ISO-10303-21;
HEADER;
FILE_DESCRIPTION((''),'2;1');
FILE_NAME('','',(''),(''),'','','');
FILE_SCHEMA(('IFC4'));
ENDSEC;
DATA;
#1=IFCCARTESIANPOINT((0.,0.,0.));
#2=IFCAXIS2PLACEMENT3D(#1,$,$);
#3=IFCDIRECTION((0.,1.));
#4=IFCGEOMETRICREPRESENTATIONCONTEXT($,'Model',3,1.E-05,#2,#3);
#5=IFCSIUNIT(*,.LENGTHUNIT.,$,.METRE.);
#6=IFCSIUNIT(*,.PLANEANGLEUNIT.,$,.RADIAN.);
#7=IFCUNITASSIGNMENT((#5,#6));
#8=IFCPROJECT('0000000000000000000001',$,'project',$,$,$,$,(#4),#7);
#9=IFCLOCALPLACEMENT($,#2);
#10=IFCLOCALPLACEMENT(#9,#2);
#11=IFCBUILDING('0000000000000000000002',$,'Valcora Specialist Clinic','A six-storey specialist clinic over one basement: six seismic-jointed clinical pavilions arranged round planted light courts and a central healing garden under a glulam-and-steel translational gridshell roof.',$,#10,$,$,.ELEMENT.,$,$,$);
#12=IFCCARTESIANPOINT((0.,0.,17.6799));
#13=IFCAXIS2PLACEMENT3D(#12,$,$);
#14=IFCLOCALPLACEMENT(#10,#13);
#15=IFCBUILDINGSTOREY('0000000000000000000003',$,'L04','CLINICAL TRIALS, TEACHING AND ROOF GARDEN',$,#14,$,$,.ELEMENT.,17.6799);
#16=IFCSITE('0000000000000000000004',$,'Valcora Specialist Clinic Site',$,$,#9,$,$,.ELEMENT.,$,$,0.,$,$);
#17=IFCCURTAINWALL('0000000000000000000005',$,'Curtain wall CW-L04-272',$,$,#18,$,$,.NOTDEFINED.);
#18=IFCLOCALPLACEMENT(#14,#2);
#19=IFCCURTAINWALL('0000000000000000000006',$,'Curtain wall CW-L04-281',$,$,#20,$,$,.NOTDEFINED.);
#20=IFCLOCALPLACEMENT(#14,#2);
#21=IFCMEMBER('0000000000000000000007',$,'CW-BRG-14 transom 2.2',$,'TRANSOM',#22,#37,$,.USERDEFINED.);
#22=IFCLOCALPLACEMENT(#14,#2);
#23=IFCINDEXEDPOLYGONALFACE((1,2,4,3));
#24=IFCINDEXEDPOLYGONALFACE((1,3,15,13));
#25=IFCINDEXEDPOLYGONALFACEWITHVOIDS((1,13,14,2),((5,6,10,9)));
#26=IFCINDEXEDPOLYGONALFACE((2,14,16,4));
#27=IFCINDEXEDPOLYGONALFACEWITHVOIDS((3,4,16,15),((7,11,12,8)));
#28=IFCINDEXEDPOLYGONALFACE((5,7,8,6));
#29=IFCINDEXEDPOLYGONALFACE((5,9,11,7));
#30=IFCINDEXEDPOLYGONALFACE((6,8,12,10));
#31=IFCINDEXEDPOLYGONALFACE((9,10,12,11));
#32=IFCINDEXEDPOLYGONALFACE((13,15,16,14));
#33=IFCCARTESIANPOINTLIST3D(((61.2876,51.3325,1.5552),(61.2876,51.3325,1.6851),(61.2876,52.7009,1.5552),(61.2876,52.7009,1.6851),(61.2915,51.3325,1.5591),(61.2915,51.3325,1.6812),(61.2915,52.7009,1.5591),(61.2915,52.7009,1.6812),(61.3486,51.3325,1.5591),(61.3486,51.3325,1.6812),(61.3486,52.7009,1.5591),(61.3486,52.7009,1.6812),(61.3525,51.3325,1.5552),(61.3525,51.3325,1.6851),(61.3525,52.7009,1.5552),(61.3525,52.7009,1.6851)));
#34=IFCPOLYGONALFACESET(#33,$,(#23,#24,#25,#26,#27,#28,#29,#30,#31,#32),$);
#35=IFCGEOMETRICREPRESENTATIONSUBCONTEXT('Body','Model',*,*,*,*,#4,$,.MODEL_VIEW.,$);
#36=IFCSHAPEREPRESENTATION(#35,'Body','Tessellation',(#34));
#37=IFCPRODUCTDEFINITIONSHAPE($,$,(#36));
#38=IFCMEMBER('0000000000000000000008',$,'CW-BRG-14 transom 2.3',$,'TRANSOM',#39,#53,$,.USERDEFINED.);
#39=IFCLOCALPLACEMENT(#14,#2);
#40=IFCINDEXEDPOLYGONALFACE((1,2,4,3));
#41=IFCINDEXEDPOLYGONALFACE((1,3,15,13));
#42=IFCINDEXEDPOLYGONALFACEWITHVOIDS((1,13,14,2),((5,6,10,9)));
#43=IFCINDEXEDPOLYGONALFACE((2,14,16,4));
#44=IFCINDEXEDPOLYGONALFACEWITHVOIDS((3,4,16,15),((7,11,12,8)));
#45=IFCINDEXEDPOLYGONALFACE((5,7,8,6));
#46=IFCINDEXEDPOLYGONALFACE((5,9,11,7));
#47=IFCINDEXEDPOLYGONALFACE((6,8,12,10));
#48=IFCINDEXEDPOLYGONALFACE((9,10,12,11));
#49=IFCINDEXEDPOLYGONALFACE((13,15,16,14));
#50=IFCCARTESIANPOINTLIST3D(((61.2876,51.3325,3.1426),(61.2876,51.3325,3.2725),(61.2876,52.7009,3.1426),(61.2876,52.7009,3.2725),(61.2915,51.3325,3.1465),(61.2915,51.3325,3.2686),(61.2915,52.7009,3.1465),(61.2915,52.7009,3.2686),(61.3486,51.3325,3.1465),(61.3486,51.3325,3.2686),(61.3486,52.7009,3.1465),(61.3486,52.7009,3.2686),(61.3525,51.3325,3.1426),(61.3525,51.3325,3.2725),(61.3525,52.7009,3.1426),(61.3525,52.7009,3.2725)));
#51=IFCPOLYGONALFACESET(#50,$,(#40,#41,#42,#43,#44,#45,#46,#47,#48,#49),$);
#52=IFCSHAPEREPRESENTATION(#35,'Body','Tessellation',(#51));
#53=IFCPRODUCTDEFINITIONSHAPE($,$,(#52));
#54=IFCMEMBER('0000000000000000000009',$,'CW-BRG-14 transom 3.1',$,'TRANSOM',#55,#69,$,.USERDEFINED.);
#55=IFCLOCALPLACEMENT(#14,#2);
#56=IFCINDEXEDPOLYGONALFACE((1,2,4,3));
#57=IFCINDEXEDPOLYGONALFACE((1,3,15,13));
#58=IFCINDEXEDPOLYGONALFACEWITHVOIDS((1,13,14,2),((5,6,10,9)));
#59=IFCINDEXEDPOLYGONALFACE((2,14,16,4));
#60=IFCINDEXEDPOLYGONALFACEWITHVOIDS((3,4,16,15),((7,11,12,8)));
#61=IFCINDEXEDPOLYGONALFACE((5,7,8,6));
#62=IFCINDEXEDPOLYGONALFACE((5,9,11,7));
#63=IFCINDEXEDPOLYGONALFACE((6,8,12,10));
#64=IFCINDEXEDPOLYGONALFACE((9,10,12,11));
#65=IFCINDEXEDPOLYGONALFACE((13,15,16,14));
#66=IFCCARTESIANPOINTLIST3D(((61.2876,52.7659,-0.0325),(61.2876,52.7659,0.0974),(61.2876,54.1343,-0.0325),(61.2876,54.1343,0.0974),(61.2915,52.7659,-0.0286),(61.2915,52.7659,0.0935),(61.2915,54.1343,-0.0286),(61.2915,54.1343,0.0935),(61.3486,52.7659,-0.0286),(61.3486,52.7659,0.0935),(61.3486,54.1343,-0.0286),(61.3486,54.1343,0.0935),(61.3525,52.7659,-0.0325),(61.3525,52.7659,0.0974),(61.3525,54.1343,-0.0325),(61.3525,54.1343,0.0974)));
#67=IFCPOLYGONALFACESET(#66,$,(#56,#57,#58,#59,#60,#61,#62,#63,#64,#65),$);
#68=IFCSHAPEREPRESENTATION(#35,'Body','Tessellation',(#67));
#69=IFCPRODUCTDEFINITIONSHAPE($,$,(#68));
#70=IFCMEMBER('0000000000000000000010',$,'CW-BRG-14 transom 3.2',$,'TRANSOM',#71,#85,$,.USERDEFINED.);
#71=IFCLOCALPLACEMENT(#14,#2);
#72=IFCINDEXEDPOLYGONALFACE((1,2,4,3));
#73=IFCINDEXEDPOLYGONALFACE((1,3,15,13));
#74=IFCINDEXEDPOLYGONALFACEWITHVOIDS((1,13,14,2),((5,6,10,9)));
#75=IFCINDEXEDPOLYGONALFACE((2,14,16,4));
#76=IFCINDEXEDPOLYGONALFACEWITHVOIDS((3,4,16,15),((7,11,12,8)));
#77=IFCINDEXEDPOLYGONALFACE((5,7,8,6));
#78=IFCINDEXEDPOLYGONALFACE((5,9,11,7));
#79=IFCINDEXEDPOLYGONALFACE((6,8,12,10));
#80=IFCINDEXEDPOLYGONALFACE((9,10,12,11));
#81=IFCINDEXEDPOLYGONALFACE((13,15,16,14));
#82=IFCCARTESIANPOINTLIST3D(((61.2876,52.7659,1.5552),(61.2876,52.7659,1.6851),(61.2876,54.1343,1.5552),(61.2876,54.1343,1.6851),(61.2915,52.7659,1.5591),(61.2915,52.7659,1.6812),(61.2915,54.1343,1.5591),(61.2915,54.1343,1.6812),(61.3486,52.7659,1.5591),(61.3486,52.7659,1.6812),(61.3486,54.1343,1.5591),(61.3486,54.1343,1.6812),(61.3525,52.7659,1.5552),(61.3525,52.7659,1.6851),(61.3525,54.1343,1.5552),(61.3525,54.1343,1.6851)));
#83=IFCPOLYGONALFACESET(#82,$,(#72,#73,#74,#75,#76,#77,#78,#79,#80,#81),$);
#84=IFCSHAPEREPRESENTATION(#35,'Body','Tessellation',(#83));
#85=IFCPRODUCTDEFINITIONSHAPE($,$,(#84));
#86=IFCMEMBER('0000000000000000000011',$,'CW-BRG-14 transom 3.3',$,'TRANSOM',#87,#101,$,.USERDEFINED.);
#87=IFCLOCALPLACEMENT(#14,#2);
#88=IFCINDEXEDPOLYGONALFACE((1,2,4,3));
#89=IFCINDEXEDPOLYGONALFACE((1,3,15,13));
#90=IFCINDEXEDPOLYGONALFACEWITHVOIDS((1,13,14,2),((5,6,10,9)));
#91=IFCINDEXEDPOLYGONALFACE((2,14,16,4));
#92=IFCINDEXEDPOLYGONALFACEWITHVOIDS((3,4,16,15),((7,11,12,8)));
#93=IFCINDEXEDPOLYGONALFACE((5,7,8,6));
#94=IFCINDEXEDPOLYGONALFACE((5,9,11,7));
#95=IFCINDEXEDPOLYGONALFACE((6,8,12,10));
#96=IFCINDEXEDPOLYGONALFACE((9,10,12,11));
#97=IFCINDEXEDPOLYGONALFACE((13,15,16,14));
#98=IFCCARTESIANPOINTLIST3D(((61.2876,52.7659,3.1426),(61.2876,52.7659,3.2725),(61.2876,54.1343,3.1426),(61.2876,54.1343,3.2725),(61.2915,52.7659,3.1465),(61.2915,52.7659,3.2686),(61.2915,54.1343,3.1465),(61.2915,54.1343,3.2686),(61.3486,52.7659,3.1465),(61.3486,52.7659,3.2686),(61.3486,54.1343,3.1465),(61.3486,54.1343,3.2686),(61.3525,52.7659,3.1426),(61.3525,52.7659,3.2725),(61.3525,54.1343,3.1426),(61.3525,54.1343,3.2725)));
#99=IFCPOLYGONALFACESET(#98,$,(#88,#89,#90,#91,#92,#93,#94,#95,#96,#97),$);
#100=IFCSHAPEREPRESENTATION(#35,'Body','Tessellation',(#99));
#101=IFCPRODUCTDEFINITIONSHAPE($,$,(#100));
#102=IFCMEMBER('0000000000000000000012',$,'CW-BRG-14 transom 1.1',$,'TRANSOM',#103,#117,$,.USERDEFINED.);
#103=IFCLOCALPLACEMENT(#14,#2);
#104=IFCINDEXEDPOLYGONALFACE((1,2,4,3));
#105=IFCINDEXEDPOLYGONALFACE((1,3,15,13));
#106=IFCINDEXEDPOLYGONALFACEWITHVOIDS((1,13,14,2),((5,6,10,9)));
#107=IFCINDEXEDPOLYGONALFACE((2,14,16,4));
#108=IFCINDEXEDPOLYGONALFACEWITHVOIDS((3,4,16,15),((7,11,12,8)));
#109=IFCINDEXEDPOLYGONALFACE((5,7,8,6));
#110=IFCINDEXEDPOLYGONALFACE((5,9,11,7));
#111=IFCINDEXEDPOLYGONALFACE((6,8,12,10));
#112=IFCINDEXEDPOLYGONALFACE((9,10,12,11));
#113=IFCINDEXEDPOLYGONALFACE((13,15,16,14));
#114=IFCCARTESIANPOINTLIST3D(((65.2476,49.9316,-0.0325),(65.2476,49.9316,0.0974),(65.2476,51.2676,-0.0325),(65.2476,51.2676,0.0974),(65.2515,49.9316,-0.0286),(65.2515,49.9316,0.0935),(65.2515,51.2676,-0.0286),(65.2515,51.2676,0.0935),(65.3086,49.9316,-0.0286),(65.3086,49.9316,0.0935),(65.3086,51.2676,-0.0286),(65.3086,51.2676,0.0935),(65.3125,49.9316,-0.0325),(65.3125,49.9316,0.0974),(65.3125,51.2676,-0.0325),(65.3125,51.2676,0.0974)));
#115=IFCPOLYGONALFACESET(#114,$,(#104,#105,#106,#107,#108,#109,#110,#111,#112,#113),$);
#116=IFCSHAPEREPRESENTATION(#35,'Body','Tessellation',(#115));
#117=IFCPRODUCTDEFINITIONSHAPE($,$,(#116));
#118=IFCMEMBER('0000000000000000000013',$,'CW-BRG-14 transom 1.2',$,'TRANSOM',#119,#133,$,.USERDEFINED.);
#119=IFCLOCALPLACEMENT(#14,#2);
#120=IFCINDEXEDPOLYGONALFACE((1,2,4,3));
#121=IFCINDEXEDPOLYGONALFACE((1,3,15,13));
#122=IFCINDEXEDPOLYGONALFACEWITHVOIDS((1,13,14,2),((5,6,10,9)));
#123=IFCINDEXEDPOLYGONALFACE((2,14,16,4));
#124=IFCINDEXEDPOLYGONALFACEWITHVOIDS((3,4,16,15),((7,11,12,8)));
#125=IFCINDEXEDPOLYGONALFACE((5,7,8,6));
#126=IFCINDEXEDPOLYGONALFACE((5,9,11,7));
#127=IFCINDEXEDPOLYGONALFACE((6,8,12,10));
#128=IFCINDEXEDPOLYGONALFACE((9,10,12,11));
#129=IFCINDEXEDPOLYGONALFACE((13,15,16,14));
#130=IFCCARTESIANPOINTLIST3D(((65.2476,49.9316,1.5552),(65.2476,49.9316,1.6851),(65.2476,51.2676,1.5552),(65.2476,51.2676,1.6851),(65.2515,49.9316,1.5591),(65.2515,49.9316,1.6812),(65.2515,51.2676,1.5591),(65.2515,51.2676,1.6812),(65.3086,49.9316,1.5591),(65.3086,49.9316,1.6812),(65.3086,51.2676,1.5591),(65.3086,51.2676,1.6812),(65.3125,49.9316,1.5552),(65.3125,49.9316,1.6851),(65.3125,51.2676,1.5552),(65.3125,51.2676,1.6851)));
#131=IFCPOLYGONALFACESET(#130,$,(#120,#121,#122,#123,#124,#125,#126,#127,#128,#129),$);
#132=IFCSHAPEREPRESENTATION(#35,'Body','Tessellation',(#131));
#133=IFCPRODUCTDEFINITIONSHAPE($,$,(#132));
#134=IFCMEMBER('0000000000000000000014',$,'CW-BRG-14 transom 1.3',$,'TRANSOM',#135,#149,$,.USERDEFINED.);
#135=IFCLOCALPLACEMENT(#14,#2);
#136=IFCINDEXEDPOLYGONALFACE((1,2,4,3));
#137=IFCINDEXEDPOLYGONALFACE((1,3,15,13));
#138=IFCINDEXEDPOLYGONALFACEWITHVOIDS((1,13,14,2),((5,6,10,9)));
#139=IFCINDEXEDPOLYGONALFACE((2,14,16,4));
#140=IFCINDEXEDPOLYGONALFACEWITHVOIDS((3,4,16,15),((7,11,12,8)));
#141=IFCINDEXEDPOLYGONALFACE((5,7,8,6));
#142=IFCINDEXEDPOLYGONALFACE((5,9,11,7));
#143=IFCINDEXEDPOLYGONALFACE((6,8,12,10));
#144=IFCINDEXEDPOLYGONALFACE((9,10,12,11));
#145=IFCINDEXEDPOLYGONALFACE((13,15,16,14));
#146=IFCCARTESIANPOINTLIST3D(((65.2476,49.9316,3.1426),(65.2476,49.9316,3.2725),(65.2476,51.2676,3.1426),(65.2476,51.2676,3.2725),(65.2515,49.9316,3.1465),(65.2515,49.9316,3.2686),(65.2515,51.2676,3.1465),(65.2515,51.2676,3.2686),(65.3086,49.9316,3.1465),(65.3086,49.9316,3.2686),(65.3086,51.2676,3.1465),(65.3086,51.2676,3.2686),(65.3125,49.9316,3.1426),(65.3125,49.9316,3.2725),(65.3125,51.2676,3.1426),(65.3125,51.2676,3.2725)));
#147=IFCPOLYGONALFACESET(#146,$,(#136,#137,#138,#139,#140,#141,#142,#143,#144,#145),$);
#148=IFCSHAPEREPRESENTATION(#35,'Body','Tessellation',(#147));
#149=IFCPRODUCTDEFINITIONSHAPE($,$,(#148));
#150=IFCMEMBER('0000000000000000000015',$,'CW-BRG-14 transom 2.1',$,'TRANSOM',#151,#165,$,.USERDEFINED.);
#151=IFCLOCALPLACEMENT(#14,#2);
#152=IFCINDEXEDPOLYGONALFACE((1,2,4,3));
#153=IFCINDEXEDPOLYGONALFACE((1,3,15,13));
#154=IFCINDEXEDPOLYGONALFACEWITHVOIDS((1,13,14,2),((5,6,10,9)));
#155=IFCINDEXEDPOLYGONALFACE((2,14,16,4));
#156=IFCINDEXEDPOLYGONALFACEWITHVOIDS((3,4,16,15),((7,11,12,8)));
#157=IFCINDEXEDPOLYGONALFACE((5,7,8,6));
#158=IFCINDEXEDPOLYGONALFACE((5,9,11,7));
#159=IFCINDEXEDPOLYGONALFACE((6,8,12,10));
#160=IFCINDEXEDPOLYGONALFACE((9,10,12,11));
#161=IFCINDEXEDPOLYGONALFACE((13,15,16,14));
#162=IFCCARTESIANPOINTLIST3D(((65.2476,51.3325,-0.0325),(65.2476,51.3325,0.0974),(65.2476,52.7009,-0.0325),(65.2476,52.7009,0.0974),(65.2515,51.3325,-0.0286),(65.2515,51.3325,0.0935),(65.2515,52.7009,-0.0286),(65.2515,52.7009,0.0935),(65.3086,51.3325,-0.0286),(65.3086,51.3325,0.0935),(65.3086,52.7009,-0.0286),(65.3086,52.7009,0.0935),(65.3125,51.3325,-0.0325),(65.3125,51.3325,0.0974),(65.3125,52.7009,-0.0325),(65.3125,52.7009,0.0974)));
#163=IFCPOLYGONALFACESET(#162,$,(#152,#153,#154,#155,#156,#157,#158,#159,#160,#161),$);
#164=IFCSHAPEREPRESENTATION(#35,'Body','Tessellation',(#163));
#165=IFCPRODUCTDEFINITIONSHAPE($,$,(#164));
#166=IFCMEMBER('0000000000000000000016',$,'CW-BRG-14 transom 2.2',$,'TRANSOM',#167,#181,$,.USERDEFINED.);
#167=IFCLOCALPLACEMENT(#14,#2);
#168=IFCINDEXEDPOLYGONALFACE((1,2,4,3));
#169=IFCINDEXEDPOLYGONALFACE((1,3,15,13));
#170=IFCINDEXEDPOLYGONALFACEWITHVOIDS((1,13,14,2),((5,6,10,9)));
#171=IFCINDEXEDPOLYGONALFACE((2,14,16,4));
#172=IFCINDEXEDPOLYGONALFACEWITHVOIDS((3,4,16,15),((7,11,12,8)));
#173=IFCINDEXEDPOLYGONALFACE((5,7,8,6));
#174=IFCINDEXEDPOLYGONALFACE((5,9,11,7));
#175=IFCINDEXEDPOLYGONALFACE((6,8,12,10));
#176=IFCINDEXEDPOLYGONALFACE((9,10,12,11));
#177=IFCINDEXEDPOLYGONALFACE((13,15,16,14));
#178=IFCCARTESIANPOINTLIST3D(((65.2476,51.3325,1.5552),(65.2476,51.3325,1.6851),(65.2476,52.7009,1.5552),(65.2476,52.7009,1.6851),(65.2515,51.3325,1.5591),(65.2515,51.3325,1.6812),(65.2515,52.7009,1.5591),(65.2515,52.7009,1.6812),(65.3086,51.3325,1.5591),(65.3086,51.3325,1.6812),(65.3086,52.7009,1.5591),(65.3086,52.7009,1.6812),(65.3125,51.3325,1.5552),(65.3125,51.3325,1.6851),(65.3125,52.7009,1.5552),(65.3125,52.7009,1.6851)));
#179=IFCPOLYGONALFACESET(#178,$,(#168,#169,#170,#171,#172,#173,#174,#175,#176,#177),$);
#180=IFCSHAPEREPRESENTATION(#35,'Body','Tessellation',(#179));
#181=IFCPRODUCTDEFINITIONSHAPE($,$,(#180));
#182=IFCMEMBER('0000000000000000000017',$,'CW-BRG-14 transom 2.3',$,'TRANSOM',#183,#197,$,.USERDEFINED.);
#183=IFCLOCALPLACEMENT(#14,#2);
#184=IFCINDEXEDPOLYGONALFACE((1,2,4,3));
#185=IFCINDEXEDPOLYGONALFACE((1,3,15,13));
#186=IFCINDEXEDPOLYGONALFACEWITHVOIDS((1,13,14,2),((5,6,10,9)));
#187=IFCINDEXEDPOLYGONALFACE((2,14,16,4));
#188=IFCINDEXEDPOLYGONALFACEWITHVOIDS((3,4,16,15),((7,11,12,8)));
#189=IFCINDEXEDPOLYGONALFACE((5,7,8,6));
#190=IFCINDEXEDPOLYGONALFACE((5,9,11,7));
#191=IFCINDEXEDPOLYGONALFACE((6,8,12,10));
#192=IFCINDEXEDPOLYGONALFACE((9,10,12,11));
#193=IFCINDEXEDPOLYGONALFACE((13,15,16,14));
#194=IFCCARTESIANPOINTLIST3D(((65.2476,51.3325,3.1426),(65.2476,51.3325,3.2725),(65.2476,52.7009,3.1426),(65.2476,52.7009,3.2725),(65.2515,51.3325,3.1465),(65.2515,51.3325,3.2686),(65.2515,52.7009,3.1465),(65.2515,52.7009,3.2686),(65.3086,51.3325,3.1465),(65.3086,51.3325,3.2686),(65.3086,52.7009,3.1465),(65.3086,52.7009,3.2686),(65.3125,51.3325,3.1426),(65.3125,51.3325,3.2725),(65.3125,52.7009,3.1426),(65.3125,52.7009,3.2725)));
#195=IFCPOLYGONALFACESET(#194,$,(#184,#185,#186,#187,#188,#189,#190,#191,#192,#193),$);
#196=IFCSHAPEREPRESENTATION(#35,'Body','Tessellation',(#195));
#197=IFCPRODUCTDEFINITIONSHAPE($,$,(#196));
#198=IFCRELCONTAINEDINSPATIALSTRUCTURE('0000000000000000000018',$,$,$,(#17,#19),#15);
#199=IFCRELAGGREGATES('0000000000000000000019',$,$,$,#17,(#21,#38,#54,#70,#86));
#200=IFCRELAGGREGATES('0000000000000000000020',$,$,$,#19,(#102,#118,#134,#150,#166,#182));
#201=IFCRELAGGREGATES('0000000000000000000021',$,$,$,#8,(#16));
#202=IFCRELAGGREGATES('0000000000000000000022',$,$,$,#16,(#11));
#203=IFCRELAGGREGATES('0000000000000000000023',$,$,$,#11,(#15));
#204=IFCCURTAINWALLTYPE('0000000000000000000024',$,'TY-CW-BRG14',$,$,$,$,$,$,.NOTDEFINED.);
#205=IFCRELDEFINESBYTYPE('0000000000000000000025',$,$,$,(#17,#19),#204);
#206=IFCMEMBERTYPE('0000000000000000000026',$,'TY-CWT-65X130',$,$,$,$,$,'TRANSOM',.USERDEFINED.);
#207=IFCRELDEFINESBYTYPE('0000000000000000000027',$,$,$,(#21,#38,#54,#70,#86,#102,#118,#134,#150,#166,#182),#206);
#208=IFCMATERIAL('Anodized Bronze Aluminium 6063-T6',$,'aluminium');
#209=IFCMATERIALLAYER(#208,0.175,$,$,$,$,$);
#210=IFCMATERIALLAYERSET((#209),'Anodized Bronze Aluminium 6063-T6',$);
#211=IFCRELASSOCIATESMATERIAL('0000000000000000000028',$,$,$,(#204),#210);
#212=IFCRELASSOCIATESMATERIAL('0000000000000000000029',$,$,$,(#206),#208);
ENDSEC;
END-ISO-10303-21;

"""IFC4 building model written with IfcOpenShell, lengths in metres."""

from ifc_helpers import new_model, si_unit, direction, frame, origin, origin_2d, place, context, subcontext, project, spatial, hollow_rectangle, extrude, material, layer, layer_set, material_profile, profile_set, type_object, element, aggregate, save


model = new_model("IFC4")

# Units and contexts
model_context = context("Model", 3, precision=1e-05, world=origin(), true_north=direction((0.0, 1.0)))
body_context = subcontext(model_context, "Body", "Model", "MODEL_VIEW")
ifc_project = project(units=[si_unit("LENGTHUNIT", "METRE"), si_unit("PLANEANGLEUNIT", "RADIAN")], contexts=[model_context])

# Site, building, storey
site_placement = place(None, origin())
site = spatial("IfcSite", under=ifc_project, at=site_placement, Name="Valcora Specialist Clinic Site", CompositionType="ELEMENT", RefElevation=0.0)
building_placement = place(site_placement, origin())
building = spatial("IfcBuilding", under=site, at=building_placement, Name="Valcora Specialist Clinic", Description="A six-storey specialist clinic over one basement: six seismic-jointed clinical pavilions arranged round planted light courts and a central healing garden under a glulam-and-steel translational gridshell roof.", CompositionType="ELEMENT")
storey_placement = place(building_placement, frame((0.0, 0.0, 17.6799)))
storey = spatial("IfcBuildingStorey", under=building, at=storey_placement, Name="L04", Description="CLINICAL TRIALS, TEACHING AND ROOF GARDEN", CompositionType="ELEMENT", Elevation=17.6799)

# Curtain wall
ifc_material_1 = material(Name="Anodized Bronze Aluminium 6063-T6", Category="aluminium")
ifc_layer_1 = layer(ifc_material_1, 0.175)
ifc_layer_set_1 = layer_set([ifc_layer_1], Name="Anodized Bronze Aluminium 6063-T6")
curtain_wall_type = type_object("IfcCurtainWallType", Name="TY-CW-BRG14", PredefinedType="NOTDEFINED", material=ifc_layer_set_1)
curtain_wall_1_placement = place(storey_placement, origin())
curtain_wall_1 = element("IfcCurtainWall", 1, at=curtain_wall_1_placement, inside=storey, type_object=curtain_wall_type, Name="Curtain wall CW-L04-272", PredefinedType="NOTDEFINED")

# Curtain wall
curtain_wall_2_placement = place(storey_placement, origin())
curtain_wall_2 = element("IfcCurtainWall", 2, at=curtain_wall_2_placement, inside=storey, type_object=curtain_wall_type, Name="Curtain wall CW-L04-281", PredefinedType="NOTDEFINED")

# Members
ifc_material_profile_1 = material_profile(ifc_material_1, hollow_rectangle(XDim=0.0649, YDim=0.1299, WallThickness=0.0039, at=origin_2d()), Name="AL-TRN-65X130")
ifc_profile_set_1 = profile_set([ifc_material_profile_1], Name="Anodized Bronze Aluminium 6063-T6")
member_type_1 = type_object("IfcMemberType", Name="TY-CWT-65X130", ElementType="TRANSOM", PredefinedType="USERDEFINED", material=ifc_profile_set_1)
member_1_placement = place(storey_placement, frame((61.3201, 51.3325, 1.6201), z_axis=(0.0, 1.0, 0.0), x_axis=(-1.0, 0.0, 0.0)))
member_1 = element("IfcMember", 3, at=member_1_placement, type_object=member_type_1, Name="CW-BRG-14 transom 2.2", ObjectType="TRANSOM", PredefinedType="USERDEFINED", context=body_context, shape_type="SweptSolid", body=[
    extrude(hollow_rectangle(XDim=0.0649, YDim=0.1299, WallThickness=0.0039, at=origin_2d()), origin(), (0.0, 0.0, 1.0), 1.3684),
])
member_2_placement = place(storey_placement, frame((61.3201, 51.3325, 3.2075), z_axis=(0.0, 1.0, 0.0), x_axis=(-1.0, 0.0, 0.0)))
member_2 = element("IfcMember", 4, at=member_2_placement, type_object=member_type_1, Name="CW-BRG-14 transom 2.3", ObjectType="TRANSOM", PredefinedType="USERDEFINED", context=body_context, shape_type="SweptSolid", body=[
    extrude(hollow_rectangle(XDim=0.0649, YDim=0.1299, WallThickness=0.0039, at=origin_2d()), origin(), (0.0, 0.0, 1.0), 1.3684),
])
member_3_placement = place(storey_placement, frame((61.3201, 52.7659, 0.0325), z_axis=(0.0, 1.0, 0.0), x_axis=(-1.0, 0.0, 0.0)))
member_3 = element("IfcMember", 5, at=member_3_placement, type_object=member_type_1, Name="CW-BRG-14 transom 3.1", ObjectType="TRANSOM", PredefinedType="USERDEFINED", context=body_context, shape_type="SweptSolid", body=[
    extrude(hollow_rectangle(XDim=0.0649, YDim=0.1299, WallThickness=0.0039, at=origin_2d()), origin(), (0.0, 0.0, 1.0), 1.3684),
])
member_4_placement = place(storey_placement, frame((61.3201, 52.7659, 1.6201), z_axis=(0.0, 1.0, 0.0), x_axis=(-1.0, 0.0, 0.0)))
member_4 = element("IfcMember", 6, at=member_4_placement, type_object=member_type_1, Name="CW-BRG-14 transom 3.2", ObjectType="TRANSOM", PredefinedType="USERDEFINED", context=body_context, shape_type="SweptSolid", body=[
    extrude(hollow_rectangle(XDim=0.0649, YDim=0.1299, WallThickness=0.0039, at=origin_2d()), origin(), (0.0, 0.0, 1.0), 1.3684),
])
member_5_placement = place(storey_placement, frame((61.3201, 52.7659, 3.2075), z_axis=(0.0, 1.0, 0.0), x_axis=(-1.0, 0.0, 0.0)))
member_5 = element("IfcMember", 7, at=member_5_placement, type_object=member_type_1, Name="CW-BRG-14 transom 3.3", ObjectType="TRANSOM", PredefinedType="USERDEFINED", context=body_context, shape_type="SweptSolid", body=[
    extrude(hollow_rectangle(XDim=0.0649, YDim=0.1299, WallThickness=0.0039, at=origin_2d()), origin(), (0.0, 0.0, 1.0), 1.3684),
])
member_6_placement = place(storey_placement, frame((65.28, 49.9316, 0.0325), z_axis=(0.0, 1.0, 0.0), x_axis=(-1.0, 0.0, 0.0)))
member_6 = element("IfcMember", 8, at=member_6_placement, type_object=member_type_1, Name="CW-BRG-14 transom 1.1", ObjectType="TRANSOM", PredefinedType="USERDEFINED", context=body_context, shape_type="SweptSolid", body=[
    extrude(hollow_rectangle(XDim=0.0649, YDim=0.1299, WallThickness=0.0039, at=origin_2d()), origin(), (0.0, 0.0, 1.0), 1.3359),
])
member_7_placement = place(storey_placement, frame((65.28, 49.9316, 1.6201), z_axis=(0.0, 1.0, 0.0), x_axis=(-1.0, 0.0, 0.0)))
member_7 = element("IfcMember", 9, at=member_7_placement, type_object=member_type_1, Name="CW-BRG-14 transom 1.2", ObjectType="TRANSOM", PredefinedType="USERDEFINED", context=body_context, shape_type="SweptSolid", body=[
    extrude(hollow_rectangle(XDim=0.0649, YDim=0.1299, WallThickness=0.0039, at=origin_2d()), origin(), (0.0, 0.0, 1.0), 1.3359),
])
member_8_placement = place(storey_placement, frame((65.28, 49.9316, 3.2075), z_axis=(0.0, 1.0, 0.0), x_axis=(-1.0, 0.0, 0.0)))
member_8 = element("IfcMember", 10, at=member_8_placement, type_object=member_type_1, Name="CW-BRG-14 transom 1.3", ObjectType="TRANSOM", PredefinedType="USERDEFINED", context=body_context, shape_type="SweptSolid", body=[
    extrude(hollow_rectangle(XDim=0.0649, YDim=0.1299, WallThickness=0.0039, at=origin_2d()), origin(), (0.0, 0.0, 1.0), 1.3359),
])
member_9_placement = place(storey_placement, frame((65.28, 51.3325, 0.0325), z_axis=(0.0, 1.0, 0.0), x_axis=(-1.0, 0.0, 0.0)))
member_9 = element("IfcMember", 11, at=member_9_placement, type_object=member_type_1, Name="CW-BRG-14 transom 2.1", ObjectType="TRANSOM", PredefinedType="USERDEFINED", context=body_context, shape_type="SweptSolid", body=[
    extrude(hollow_rectangle(XDim=0.0649, YDim=0.1299, WallThickness=0.0039, at=origin_2d()), origin(), (0.0, 0.0, 1.0), 1.3684),
])
member_10_placement = place(storey_placement, frame((65.28, 51.3325, 1.6201), z_axis=(0.0, 1.0, 0.0), x_axis=(-1.0, 0.0, 0.0)))
member_10 = element("IfcMember", 12, at=member_10_placement, type_object=member_type_1, Name="CW-BRG-14 transom 2.2", ObjectType="TRANSOM", PredefinedType="USERDEFINED", context=body_context, shape_type="SweptSolid", body=[
    extrude(hollow_rectangle(XDim=0.0649, YDim=0.1299, WallThickness=0.0039, at=origin_2d()), origin(), (0.0, 0.0, 1.0), 1.3684),
])
member_11_placement = place(storey_placement, frame((65.28, 51.3325, 3.2075), z_axis=(0.0, 1.0, 0.0), x_axis=(-1.0, 0.0, 0.0)))
member_11 = element("IfcMember", 13, at=member_11_placement, type_object=member_type_1, Name="CW-BRG-14 transom 2.3", ObjectType="TRANSOM", PredefinedType="USERDEFINED", context=body_context, shape_type="SweptSolid", body=[
    extrude(hollow_rectangle(XDim=0.0649, YDim=0.1299, WallThickness=0.0039, at=origin_2d()), origin(), (0.0, 0.0, 1.0), 1.3684),
])

aggregate(curtain_wall_1, [member_1, member_2, member_3, member_4, member_5])

aggregate(curtain_wall_2, [member_6, member_7, member_8, member_9, member_10, member_11])

save(model, "model.ifc")
